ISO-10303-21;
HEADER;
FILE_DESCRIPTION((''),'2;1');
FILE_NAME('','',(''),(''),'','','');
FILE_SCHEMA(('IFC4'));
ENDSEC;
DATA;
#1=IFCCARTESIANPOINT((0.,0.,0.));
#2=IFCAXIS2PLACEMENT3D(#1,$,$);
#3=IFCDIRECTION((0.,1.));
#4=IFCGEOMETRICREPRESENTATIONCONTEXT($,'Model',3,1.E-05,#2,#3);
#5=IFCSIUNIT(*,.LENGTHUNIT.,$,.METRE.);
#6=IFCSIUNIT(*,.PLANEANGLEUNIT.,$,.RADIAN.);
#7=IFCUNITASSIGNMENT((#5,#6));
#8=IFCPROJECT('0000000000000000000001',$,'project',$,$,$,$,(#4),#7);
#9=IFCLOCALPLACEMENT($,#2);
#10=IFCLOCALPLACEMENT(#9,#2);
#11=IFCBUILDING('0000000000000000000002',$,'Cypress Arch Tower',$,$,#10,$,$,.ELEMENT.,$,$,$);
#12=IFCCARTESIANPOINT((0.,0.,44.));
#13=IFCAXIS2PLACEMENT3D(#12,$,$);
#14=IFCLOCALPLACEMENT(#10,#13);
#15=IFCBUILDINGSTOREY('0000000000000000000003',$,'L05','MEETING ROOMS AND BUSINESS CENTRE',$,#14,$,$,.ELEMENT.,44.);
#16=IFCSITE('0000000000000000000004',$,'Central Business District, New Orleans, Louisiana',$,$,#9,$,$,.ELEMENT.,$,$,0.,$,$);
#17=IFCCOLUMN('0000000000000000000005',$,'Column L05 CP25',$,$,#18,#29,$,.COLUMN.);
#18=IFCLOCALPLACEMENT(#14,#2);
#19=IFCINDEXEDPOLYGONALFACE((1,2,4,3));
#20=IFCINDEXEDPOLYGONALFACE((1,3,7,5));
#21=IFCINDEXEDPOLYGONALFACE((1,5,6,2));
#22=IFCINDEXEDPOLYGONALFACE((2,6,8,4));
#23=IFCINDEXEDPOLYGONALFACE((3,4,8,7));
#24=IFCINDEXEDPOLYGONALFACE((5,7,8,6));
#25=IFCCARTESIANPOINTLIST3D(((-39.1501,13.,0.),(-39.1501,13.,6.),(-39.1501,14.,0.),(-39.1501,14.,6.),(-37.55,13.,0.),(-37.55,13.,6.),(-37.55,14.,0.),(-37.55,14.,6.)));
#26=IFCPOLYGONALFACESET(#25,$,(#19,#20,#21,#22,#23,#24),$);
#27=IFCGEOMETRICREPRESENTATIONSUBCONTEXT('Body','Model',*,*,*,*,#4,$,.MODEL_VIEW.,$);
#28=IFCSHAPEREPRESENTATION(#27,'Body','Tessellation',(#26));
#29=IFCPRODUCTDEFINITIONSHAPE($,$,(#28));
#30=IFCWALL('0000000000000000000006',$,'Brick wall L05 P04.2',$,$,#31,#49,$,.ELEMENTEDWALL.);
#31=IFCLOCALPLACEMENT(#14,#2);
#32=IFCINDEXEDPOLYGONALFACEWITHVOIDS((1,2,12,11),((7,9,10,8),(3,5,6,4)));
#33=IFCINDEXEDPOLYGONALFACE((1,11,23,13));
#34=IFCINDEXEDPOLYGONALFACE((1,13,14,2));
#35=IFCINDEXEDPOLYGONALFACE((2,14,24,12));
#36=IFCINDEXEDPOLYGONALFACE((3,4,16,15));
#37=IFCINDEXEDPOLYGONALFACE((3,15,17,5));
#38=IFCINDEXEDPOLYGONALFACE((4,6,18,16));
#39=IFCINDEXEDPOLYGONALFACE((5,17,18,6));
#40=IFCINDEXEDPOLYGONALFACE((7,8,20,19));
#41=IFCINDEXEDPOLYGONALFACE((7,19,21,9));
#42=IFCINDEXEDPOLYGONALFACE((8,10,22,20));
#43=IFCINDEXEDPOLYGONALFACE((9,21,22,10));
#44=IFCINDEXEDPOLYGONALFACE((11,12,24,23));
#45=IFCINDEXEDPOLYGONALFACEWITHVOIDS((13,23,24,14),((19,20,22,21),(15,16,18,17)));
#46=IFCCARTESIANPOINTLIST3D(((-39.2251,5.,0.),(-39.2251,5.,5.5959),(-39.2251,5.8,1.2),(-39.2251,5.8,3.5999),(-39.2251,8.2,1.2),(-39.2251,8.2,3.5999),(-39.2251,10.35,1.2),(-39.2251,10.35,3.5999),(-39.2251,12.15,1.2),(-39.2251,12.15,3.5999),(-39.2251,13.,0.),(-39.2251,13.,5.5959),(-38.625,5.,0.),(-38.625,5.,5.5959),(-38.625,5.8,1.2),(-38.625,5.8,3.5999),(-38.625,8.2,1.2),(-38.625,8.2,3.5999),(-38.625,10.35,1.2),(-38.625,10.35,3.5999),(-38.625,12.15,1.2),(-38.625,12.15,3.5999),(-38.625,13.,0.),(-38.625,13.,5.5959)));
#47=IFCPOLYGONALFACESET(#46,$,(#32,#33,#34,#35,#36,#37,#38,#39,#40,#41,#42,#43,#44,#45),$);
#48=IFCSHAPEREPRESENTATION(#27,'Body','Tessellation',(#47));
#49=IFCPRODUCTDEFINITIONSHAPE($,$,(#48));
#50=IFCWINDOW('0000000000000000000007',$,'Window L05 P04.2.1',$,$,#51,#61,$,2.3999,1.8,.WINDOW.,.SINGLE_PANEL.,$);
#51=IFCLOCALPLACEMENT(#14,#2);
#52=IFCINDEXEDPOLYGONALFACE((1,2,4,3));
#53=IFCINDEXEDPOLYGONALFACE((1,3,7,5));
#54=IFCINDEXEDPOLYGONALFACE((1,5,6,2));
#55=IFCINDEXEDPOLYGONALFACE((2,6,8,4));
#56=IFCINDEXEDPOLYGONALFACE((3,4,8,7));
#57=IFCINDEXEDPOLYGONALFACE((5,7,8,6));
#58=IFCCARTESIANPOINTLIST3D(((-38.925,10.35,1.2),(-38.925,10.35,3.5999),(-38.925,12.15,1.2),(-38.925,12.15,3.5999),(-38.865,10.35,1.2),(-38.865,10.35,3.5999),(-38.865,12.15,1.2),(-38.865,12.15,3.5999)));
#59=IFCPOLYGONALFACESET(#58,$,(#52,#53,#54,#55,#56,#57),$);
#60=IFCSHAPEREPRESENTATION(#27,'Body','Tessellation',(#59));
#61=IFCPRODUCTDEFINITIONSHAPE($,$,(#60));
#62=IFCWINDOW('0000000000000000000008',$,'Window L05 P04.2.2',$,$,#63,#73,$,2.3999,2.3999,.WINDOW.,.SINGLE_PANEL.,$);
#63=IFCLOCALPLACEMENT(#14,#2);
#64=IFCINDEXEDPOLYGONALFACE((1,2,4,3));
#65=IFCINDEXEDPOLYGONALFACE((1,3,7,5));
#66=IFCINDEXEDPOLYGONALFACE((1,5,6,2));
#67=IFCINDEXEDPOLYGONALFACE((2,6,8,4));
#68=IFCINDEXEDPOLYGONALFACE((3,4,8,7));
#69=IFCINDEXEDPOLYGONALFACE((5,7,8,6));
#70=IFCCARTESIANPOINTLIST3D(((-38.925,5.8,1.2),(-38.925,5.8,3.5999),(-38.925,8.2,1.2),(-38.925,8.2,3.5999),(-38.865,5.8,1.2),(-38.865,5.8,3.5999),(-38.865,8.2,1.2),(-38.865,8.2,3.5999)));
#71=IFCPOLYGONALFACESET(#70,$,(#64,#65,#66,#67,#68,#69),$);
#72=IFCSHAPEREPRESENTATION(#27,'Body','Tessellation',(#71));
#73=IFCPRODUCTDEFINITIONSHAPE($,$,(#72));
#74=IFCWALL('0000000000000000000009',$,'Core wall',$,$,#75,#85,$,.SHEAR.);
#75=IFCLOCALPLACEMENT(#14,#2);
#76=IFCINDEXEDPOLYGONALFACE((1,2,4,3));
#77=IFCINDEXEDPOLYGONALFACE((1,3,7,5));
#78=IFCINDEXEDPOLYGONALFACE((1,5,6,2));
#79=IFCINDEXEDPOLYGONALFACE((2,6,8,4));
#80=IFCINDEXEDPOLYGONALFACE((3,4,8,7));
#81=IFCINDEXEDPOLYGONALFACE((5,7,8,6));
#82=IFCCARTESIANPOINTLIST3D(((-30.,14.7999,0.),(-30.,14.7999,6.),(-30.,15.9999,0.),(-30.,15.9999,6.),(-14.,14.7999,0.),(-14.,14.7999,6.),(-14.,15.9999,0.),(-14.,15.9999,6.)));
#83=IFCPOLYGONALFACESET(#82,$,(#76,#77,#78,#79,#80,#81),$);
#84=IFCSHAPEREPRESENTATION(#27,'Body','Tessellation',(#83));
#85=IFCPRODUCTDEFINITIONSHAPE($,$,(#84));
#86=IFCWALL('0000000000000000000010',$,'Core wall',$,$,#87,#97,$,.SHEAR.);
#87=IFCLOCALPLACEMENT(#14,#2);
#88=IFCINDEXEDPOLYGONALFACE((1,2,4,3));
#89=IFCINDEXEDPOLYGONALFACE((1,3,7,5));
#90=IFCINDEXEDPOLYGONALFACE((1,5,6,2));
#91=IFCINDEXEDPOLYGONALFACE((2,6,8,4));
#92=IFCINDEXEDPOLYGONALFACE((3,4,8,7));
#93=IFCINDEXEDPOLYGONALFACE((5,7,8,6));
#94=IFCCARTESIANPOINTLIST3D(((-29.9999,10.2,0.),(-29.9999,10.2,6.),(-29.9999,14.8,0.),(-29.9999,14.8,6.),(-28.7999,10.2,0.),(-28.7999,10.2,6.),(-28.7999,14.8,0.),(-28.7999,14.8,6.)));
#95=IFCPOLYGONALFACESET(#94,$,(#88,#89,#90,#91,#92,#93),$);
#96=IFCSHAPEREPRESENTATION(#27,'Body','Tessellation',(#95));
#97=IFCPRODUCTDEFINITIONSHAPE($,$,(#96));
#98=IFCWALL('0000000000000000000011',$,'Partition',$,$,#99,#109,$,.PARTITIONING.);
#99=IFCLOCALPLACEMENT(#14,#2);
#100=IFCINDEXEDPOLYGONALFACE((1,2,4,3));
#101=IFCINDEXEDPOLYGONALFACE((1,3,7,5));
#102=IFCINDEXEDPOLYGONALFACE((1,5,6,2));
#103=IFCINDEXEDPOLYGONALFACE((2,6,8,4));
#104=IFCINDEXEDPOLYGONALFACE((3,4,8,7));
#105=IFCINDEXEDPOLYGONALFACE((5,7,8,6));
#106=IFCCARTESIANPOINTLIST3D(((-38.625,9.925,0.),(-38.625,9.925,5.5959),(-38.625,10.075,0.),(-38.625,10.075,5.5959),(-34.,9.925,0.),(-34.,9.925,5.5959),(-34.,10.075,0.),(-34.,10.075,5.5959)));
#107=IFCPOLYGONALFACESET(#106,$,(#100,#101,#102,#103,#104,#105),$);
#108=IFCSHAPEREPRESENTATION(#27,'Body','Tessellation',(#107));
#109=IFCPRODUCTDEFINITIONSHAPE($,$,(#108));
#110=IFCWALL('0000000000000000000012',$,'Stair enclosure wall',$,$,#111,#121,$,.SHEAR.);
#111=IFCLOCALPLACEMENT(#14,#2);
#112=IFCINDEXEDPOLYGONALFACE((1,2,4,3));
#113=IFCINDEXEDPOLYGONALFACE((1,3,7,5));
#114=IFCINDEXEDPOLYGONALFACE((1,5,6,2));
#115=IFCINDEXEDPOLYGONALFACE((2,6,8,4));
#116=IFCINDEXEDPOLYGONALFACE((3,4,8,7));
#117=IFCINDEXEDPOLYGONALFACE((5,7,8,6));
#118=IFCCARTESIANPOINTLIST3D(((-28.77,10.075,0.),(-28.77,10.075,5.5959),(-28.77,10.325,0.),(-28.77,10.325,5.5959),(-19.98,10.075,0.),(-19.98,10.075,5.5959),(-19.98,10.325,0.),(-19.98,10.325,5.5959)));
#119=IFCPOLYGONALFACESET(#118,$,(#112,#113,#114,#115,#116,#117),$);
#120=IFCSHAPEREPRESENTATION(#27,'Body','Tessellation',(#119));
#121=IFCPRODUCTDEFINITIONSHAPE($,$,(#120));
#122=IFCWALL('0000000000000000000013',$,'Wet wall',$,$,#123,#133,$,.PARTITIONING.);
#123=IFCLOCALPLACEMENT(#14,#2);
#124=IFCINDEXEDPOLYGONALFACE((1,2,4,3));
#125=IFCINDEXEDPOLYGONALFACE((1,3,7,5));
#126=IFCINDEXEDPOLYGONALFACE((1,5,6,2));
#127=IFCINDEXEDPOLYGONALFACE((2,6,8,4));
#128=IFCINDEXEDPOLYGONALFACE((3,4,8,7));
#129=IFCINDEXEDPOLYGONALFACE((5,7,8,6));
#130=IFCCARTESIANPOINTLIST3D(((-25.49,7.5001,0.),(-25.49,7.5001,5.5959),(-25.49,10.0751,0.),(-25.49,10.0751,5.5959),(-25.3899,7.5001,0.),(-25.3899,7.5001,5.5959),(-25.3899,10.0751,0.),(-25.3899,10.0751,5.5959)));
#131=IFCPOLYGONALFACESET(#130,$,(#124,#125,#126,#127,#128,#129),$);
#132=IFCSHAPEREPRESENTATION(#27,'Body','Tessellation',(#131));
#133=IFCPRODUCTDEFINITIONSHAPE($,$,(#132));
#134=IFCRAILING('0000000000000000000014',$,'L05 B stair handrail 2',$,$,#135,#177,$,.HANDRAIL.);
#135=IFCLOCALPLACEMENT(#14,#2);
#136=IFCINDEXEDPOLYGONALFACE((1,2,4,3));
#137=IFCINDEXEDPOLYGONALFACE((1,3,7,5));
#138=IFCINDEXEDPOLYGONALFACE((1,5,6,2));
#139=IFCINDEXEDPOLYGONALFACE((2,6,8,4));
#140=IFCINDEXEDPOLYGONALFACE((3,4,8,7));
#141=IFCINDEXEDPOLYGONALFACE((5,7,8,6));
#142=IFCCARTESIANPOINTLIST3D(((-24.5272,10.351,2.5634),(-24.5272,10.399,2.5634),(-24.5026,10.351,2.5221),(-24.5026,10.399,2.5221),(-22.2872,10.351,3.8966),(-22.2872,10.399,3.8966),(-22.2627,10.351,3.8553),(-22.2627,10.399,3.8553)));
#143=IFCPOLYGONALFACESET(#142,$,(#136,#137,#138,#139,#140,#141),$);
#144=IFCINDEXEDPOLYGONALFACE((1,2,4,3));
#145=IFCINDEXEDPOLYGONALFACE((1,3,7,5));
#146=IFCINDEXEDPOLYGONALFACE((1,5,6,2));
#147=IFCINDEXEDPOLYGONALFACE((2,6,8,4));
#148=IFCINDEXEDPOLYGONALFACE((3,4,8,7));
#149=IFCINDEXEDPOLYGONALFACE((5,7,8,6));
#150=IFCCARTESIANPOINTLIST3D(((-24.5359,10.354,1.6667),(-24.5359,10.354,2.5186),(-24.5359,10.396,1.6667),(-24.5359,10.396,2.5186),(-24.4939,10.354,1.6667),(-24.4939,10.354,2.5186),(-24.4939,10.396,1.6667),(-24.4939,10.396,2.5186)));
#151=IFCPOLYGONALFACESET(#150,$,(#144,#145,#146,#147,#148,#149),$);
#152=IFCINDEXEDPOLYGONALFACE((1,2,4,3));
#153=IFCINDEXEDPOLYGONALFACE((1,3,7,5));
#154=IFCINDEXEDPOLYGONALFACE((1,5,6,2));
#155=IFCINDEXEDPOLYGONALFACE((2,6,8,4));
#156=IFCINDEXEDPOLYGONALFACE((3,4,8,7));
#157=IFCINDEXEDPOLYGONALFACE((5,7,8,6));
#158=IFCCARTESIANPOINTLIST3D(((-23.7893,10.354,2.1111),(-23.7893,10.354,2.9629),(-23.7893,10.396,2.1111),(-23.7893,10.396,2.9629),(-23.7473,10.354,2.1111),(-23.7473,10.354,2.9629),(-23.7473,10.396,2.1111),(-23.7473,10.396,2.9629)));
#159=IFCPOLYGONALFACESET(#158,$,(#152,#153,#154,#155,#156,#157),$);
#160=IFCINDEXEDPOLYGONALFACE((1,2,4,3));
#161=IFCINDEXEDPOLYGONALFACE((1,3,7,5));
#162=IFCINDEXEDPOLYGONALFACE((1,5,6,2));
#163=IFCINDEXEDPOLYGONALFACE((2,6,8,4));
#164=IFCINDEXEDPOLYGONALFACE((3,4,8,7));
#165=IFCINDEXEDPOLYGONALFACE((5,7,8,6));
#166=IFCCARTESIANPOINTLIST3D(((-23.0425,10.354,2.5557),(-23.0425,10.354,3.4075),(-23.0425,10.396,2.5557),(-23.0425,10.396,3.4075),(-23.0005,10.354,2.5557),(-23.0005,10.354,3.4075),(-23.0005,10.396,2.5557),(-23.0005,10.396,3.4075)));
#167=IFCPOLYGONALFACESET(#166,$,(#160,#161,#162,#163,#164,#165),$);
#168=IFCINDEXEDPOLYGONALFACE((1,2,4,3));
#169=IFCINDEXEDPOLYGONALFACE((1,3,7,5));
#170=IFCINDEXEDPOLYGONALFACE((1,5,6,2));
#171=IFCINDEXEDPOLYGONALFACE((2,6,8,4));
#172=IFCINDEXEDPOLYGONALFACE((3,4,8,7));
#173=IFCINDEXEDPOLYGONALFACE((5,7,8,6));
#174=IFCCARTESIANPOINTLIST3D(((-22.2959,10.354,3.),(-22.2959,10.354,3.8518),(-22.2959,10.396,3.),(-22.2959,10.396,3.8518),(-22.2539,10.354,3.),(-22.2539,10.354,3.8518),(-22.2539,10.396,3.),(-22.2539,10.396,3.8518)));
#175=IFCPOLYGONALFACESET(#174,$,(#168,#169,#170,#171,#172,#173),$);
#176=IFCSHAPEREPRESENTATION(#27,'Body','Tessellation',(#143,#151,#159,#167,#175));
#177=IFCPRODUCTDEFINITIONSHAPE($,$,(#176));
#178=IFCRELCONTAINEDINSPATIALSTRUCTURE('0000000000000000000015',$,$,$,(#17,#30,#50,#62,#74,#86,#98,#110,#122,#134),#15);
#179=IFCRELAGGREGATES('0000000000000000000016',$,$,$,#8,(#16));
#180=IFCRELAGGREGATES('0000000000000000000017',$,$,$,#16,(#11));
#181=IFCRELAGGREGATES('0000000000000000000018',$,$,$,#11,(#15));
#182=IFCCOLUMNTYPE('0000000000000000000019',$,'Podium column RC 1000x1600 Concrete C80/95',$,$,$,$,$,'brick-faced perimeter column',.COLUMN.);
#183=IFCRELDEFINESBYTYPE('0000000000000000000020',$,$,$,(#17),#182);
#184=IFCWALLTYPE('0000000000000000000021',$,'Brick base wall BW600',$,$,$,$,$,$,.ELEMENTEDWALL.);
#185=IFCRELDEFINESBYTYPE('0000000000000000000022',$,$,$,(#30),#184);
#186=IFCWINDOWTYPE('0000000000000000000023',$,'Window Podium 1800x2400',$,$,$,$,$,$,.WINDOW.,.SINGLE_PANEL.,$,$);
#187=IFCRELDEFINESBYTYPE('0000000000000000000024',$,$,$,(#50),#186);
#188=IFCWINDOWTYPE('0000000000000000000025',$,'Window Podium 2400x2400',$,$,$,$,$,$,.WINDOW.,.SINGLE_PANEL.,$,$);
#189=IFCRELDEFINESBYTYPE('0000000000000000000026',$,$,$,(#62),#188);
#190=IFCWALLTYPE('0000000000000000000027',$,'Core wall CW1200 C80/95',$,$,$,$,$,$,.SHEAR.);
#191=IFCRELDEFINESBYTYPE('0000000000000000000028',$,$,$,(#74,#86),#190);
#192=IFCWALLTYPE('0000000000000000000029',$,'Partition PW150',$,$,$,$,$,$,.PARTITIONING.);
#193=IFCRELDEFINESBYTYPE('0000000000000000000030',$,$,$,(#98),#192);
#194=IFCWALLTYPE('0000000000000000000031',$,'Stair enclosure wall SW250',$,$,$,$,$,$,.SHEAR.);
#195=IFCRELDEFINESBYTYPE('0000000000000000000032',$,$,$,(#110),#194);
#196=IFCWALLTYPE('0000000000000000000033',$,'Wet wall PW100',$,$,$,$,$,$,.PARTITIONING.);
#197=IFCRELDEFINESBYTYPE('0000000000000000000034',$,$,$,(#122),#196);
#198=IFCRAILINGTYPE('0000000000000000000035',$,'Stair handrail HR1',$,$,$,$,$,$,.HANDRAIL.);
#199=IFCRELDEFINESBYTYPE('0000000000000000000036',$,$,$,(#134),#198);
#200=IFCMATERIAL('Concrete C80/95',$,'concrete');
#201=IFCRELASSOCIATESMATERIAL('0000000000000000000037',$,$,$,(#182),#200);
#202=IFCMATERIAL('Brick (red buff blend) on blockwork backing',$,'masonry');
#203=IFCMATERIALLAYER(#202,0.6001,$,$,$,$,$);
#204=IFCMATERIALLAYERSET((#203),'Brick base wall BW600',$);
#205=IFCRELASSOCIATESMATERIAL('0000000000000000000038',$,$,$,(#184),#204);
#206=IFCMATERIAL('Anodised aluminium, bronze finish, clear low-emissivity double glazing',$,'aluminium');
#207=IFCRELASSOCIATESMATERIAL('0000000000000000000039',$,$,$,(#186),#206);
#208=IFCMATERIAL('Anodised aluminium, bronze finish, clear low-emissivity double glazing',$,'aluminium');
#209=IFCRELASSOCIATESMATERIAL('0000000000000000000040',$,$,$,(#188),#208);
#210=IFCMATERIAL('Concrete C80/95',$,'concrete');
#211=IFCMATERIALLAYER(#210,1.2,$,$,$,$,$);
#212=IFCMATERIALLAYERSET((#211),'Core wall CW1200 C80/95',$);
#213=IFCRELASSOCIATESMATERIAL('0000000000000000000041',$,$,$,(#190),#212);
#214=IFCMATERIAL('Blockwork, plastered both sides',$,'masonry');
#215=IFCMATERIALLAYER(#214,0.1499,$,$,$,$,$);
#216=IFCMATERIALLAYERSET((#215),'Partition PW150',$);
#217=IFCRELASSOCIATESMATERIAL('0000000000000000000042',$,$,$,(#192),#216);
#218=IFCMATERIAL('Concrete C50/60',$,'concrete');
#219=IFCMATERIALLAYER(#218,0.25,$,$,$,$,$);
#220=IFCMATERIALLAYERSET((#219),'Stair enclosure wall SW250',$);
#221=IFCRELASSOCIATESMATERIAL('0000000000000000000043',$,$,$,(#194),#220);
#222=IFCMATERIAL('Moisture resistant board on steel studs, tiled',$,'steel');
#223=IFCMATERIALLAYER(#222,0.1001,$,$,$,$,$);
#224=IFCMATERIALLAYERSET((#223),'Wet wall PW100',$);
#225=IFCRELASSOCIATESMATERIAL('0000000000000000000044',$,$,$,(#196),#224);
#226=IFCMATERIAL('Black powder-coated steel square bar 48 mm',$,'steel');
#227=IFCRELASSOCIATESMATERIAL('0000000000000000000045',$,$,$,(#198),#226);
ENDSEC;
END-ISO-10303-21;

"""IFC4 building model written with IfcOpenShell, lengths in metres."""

from ifc_helpers import new_model, si_unit, direction, frame, frame_2d, origin, origin_2d, place, context, subcontext, project, spatial, rectangle, extrude, material, layer, layer_set, material_profile, profile_set, type_object, element, fill, save


model = new_model("IFC4")

# Units and contexts
model_context = context("Model", 3, precision=1e-05, world=origin(), true_north=direction((0.0, 1.0)))
body_context = subcontext(model_context, "Body", "Model", "MODEL_VIEW")
ifc_project = project(units=[si_unit("LENGTHUNIT", "METRE"), si_unit("PLANEANGLEUNIT", "RADIAN")], contexts=[model_context])

# Site, building, storey
site_placement = place(None, origin())
site = spatial("IfcSite", under=ifc_project, at=site_placement, Name="Central Business District, New Orleans, Louisiana", CompositionType="ELEMENT", RefElevation=0.0)
building_placement = place(site_placement, origin())
building = spatial("IfcBuilding", under=site, at=building_placement, Name="Cypress Arch Tower", CompositionType="ELEMENT")
storey_placement = place(building_placement, frame((0.0, 0.0, 44.0)))
storey = spatial("IfcBuildingStorey", under=building, at=storey_placement, Name="L05", Description="MEETING ROOMS AND BUSINESS CENTRE", CompositionType="ELEMENT", Elevation=44.0)

# Column
ifc_material_1 = material(Name="Concrete C80/95", Category="concrete")
ifc_material_profile = material_profile(ifc_material_1, rectangle(XDim=1.0, YDim=1.6001, at=origin_2d()), Name="RC 1000x1600")
ifc_profile_set = profile_set([ifc_material_profile], Name="Concrete C80/95")
column_type = type_object("IfcColumnType", Name="Podium column RC 1000x1600 Concrete C80/95", ElementType="brick-faced perimeter column", PredefinedType="COLUMN", material=ifc_profile_set)
column_placement = place(storey_placement, frame((-38.3501, 13.5, 0.0), z_axis=(0.0, 0.0, 1.0), x_axis=(0.0, -1.0, 0.0)))
element("IfcColumn", 1, at=column_placement, inside=storey, type_object=column_type, Name="Column L05 CP25", PredefinedType="COLUMN", context=body_context, shape_type="SweptSolid", body=[
    extrude(rectangle(XDim=1.0, YDim=1.6001, at=origin_2d()), origin(), (0.0, 0.0, 1.0), 6.0),
])

# Wall, openings, windows
ifc_material_2 = material(Name="Brick (red buff blend) on blockwork backing", Category="masonry")
ifc_layer_1 = layer(ifc_material_2, 0.6001)
ifc_layer_set_1 = layer_set([ifc_layer_1], Name="Brick base wall BW600")
wall_type_1 = type_object("IfcWallType", Name="Brick base wall BW600", PredefinedType="ELEMENTEDWALL", material=ifc_layer_set_1)
wall_1_placement = place(storey_placement, frame((-38.925, 13.0, 0.0), z_axis=(0.0, 0.0, 1.0), x_axis=(0.0, -1.0, 0.0)))
wall_1 = element("IfcWall", 2, at=wall_1_placement, inside=storey, type_object=wall_type_1, Name="Brick wall L05 P04.2", PredefinedType="ELEMENTEDWALL", context=body_context, shape_type="SweptSolid", body=[
    extrude(rectangle(XDim=8.0, YDim=0.6001, at=frame_2d((4.0, 0.0))), origin(), (0.0, 0.0, 1.0), 5.5959),
])
opening_1_placement = place(wall_1_placement, frame((4.8, 0.0, 1.2)))
opening_1 = element("IfcOpeningElement", 3, at=opening_1_placement, cuts=wall_1, PredefinedType="OPENING", context=body_context, shape_type="SweptSolid", body=[
    extrude(rectangle(XDim=2.3999, YDim=2.3999, at=frame_2d((1.2, 1.2))), frame((0.0, 0.3101, 0.0), z_axis=(0.0, -1.0, 0.0), x_axis=(1.0, 0.0, 0.0)), (0.0, 0.0, 1.0), 0.6201),
])
opening_2_placement = place(wall_1_placement, frame((0.8501, 0.0, 1.2)))
opening_2 = element("IfcOpeningElement", 4, at=opening_2_placement, cuts=wall_1, PredefinedType="OPENING", context=body_context, shape_type="SweptSolid", body=[
    extrude(rectangle(XDim=1.8, YDim=2.3999, at=frame_2d((0.8999, 1.2))), frame((0.0, 0.3101, 0.0), z_axis=(0.0, -1.0, 0.0), x_axis=(1.0, 0.0, 0.0)), (0.0, 0.0, 1.0), 0.6201),
])
ifc_material_3 = material(Name="Anodised aluminium, bronze finish, clear low-emissivity double glazing", Category="aluminium")
window_type_1 = type_object("IfcWindowType", Name="Window Podium 1800x2400", PartitioningType="SINGLE_PANEL", PredefinedType="WINDOW", material=ifc_material_3)
window_1_placement = place(opening_2_placement, origin())
window_1 = element("IfcWindow", 5, at=window_1_placement, inside=storey, type_object=window_type_1, Name="Window L05 P04.2.1", OverallHeight=2.3999, OverallWidth=1.8, PartitioningType="SINGLE_PANEL", PredefinedType="WINDOW", context=body_context, shape_type="SweptSolid", body=[
    extrude(rectangle(XDim=1.8, YDim=2.3999, at=frame_2d((0.8999, 1.2))), frame((0.0, 0.0601, 0.0), z_axis=(0.0, -1.0, 0.0), x_axis=(1.0, 0.0, 0.0)), (0.0, 0.0, 1.0), 0.0601),
])
fill(opening_2, window_1)
ifc_material_4 = material(Name="Anodised aluminium, bronze finish, clear low-emissivity double glazing", Category="aluminium")
window_type_2 = type_object("IfcWindowType", Name="Window Podium 2400x2400", PartitioningType="SINGLE_PANEL", PredefinedType="WINDOW", material=ifc_material_4)
window_2_placement = place(opening_1_placement, origin())
window_2 = element("IfcWindow", 6, at=window_2_placement, inside=storey, type_object=window_type_2, Name="Window L05 P04.2.2", OverallHeight=2.3999, OverallWidth=2.3999, PartitioningType="SINGLE_PANEL", PredefinedType="WINDOW", context=body_context, shape_type="SweptSolid", body=[
    extrude(rectangle(XDim=2.3999, YDim=2.3999, at=frame_2d((1.2, 1.2))), frame((0.0, 0.0601, 0.0), z_axis=(0.0, -1.0, 0.0), x_axis=(1.0, 0.0, 0.0)), (0.0, 0.0, 1.0), 0.0601),
])
fill(opening_1, window_2)

# Walls
ifc_material_5 = material(Name="Concrete C80/95", Category="concrete")
ifc_layer_2 = layer(ifc_material_5, 1.2)
ifc_layer_set_2 = layer_set([ifc_layer_2], Name="Core wall CW1200 C80/95")
wall_type_2 = type_object("IfcWallType", Name="Core wall CW1200 C80/95", PredefinedType="SHEAR", material=ifc_layer_set_2)
wall_2_placement = place(storey_placement, frame((-30.0, 15.3999, 0.0), z_axis=(0.0, 0.0, 1.0), x_axis=(1.0, 0.0, 0.0)))
element("IfcWall", 7, at=wall_2_placement, inside=storey, type_object=wall_type_2, Name="Core wall", PredefinedType="SHEAR", context=body_context, shape_type="SweptSolid", body=[
    extrude(rectangle(XDim=16.0, YDim=1.2, at=frame_2d((8.0, 0.0))), origin(), (0.0, 0.0, 1.0), 6.0),
])
wall_3_placement = place(storey_placement, frame((-29.3999, 10.2, 0.0), z_axis=(0.0, 0.0, 1.0), x_axis=(0.0, 1.0, 0.0)))
element("IfcWall", 8, at=wall_3_placement, inside=storey, type_object=wall_type_2, Name="Core wall", PredefinedType="SHEAR", context=body_context, shape_type="SweptSolid", body=[
    extrude(rectangle(XDim=4.6001, YDim=1.2, at=frame_2d((2.3, 0.0))), origin(), (0.0, 0.0, 1.0), 6.0),
])
ifc_material_6 = material(Name="Blockwork, plastered both sides", Category="masonry")
ifc_layer_3 = layer(ifc_material_6, 0.1499)
ifc_layer_set_3 = layer_set([ifc_layer_3], Name="Partition PW150")
wall_type_3 = type_object("IfcWallType", Name="Partition PW150", PredefinedType="PARTITIONING", material=ifc_layer_set_3)
wall_4_placement = place(storey_placement, frame((-38.625, 10.0, 0.0), z_axis=(0.0, 0.0, 1.0), x_axis=(1.0, 0.0, 0.0)))
element("IfcWall", 9, at=wall_4_placement, inside=storey, type_object=wall_type_3, Name="Partition", PredefinedType="PARTITIONING", context=body_context, shape_type="SweptSolid", body=[
    extrude(rectangle(XDim=4.625, YDim=0.1499, at=frame_2d((2.3125, 0.0))), origin(), (0.0, 0.0, 1.0), 5.5959),
])
ifc_material_7 = material(Name="Concrete C50/60", Category="concrete")
ifc_layer_4 = layer(ifc_material_7, 0.25)
ifc_layer_set_4 = layer_set([ifc_layer_4], Name="Stair enclosure wall SW250")
wall_type_4 = type_object("IfcWallType", Name="Stair enclosure wall SW250", PredefinedType="SHEAR", material=ifc_layer_set_4)
wall_5_placement = place(storey_placement, frame((-28.77, 10.2, 0.0), z_axis=(0.0, 0.0, 1.0), x_axis=(1.0, 0.0, 0.0)))
element("IfcWall", 10, at=wall_5_placement, inside=storey, type_object=wall_type_4, Name="Stair enclosure wall", PredefinedType="SHEAR", context=body_context, shape_type="SweptSolid", body=[
    extrude(rectangle(XDim=8.79, YDim=0.25, at=frame_2d((4.395, 0.0))), origin(), (0.0, 0.0, 1.0), 5.5959),
])
ifc_material_8 = material(Name="Moisture resistant board on steel studs, tiled", Category="steel")
ifc_layer_5 = layer(ifc_material_8, 0.1001)
ifc_layer_set_5 = layer_set([ifc_layer_5], Name="Wet wall PW100")
wall_type_5 = type_object("IfcWallType", Name="Wet wall PW100", PredefinedType="PARTITIONING", material=ifc_layer_set_5)
wall_6_placement = place(storey_placement, frame((-25.4399, 7.5, 0.0), z_axis=(0.0, 0.0, 1.0), x_axis=(0.0, 1.0, 0.0)))
element("IfcWall", 11, at=wall_6_placement, inside=storey, type_object=wall_type_5, Name="Wet wall", PredefinedType="PARTITIONING", context=body_context, shape_type="SweptSolid", body=[
    extrude(rectangle(XDim=2.575, YDim=0.1001, at=frame_2d((1.2876, 0.0))), origin(), (0.0, 0.0, 1.0), 5.5959),
])

# Railing
ifc_material_9 = material(Name="Black powder-coated steel square bar 48 mm", Category="steel")
railing_type_1 = type_object("IfcRailingType", Name="Stair handrail HR1", PredefinedType="HANDRAIL", material=ifc_material_9)
railing_placement = place(storey_placement, frame((-24.5149, 10.375, 1.6667)))
element("IfcRailing", 12, at=railing_placement, inside=storey, type_object=railing_type_1, Name="L05 B stair handrail 2", PredefinedType="HANDRAIL", context=body_context, shape_type="SweptSolid", body=[
    extrude(rectangle(XDim=0.0481, YDim=0.0481, at=origin_2d()), frame((0.0, 0.0, 0.876), z_axis=(0.859306, 0.0, 0.511462), x_axis=(0.0, 1.0, 0.0)), (0.0, 0.0, 1.0), 2.6067),
    extrude(rectangle(XDim=0.042, YDim=0.042, at=origin_2d()), origin(), (0.0, 0.0, 1.0), 0.8518),
    extrude(rectangle(XDim=0.042, YDim=0.042, at=origin_2d()), frame((0.7466, 0.0, 0.4443)), (0.0, 0.0, 1.0), 0.8518),
    extrude(rectangle(XDim=0.042, YDim=0.042, at=origin_2d()), frame((1.4934, 0.0, 0.8889)), (0.0, 0.0, 1.0), 0.8518),
    extrude(rectangle(XDim=0.042, YDim=0.042, at=origin_2d()), frame((2.24, 0.0, 1.3333)), (0.0, 0.0, 1.0), 0.8518),
])

save(model, "model.ifc")
